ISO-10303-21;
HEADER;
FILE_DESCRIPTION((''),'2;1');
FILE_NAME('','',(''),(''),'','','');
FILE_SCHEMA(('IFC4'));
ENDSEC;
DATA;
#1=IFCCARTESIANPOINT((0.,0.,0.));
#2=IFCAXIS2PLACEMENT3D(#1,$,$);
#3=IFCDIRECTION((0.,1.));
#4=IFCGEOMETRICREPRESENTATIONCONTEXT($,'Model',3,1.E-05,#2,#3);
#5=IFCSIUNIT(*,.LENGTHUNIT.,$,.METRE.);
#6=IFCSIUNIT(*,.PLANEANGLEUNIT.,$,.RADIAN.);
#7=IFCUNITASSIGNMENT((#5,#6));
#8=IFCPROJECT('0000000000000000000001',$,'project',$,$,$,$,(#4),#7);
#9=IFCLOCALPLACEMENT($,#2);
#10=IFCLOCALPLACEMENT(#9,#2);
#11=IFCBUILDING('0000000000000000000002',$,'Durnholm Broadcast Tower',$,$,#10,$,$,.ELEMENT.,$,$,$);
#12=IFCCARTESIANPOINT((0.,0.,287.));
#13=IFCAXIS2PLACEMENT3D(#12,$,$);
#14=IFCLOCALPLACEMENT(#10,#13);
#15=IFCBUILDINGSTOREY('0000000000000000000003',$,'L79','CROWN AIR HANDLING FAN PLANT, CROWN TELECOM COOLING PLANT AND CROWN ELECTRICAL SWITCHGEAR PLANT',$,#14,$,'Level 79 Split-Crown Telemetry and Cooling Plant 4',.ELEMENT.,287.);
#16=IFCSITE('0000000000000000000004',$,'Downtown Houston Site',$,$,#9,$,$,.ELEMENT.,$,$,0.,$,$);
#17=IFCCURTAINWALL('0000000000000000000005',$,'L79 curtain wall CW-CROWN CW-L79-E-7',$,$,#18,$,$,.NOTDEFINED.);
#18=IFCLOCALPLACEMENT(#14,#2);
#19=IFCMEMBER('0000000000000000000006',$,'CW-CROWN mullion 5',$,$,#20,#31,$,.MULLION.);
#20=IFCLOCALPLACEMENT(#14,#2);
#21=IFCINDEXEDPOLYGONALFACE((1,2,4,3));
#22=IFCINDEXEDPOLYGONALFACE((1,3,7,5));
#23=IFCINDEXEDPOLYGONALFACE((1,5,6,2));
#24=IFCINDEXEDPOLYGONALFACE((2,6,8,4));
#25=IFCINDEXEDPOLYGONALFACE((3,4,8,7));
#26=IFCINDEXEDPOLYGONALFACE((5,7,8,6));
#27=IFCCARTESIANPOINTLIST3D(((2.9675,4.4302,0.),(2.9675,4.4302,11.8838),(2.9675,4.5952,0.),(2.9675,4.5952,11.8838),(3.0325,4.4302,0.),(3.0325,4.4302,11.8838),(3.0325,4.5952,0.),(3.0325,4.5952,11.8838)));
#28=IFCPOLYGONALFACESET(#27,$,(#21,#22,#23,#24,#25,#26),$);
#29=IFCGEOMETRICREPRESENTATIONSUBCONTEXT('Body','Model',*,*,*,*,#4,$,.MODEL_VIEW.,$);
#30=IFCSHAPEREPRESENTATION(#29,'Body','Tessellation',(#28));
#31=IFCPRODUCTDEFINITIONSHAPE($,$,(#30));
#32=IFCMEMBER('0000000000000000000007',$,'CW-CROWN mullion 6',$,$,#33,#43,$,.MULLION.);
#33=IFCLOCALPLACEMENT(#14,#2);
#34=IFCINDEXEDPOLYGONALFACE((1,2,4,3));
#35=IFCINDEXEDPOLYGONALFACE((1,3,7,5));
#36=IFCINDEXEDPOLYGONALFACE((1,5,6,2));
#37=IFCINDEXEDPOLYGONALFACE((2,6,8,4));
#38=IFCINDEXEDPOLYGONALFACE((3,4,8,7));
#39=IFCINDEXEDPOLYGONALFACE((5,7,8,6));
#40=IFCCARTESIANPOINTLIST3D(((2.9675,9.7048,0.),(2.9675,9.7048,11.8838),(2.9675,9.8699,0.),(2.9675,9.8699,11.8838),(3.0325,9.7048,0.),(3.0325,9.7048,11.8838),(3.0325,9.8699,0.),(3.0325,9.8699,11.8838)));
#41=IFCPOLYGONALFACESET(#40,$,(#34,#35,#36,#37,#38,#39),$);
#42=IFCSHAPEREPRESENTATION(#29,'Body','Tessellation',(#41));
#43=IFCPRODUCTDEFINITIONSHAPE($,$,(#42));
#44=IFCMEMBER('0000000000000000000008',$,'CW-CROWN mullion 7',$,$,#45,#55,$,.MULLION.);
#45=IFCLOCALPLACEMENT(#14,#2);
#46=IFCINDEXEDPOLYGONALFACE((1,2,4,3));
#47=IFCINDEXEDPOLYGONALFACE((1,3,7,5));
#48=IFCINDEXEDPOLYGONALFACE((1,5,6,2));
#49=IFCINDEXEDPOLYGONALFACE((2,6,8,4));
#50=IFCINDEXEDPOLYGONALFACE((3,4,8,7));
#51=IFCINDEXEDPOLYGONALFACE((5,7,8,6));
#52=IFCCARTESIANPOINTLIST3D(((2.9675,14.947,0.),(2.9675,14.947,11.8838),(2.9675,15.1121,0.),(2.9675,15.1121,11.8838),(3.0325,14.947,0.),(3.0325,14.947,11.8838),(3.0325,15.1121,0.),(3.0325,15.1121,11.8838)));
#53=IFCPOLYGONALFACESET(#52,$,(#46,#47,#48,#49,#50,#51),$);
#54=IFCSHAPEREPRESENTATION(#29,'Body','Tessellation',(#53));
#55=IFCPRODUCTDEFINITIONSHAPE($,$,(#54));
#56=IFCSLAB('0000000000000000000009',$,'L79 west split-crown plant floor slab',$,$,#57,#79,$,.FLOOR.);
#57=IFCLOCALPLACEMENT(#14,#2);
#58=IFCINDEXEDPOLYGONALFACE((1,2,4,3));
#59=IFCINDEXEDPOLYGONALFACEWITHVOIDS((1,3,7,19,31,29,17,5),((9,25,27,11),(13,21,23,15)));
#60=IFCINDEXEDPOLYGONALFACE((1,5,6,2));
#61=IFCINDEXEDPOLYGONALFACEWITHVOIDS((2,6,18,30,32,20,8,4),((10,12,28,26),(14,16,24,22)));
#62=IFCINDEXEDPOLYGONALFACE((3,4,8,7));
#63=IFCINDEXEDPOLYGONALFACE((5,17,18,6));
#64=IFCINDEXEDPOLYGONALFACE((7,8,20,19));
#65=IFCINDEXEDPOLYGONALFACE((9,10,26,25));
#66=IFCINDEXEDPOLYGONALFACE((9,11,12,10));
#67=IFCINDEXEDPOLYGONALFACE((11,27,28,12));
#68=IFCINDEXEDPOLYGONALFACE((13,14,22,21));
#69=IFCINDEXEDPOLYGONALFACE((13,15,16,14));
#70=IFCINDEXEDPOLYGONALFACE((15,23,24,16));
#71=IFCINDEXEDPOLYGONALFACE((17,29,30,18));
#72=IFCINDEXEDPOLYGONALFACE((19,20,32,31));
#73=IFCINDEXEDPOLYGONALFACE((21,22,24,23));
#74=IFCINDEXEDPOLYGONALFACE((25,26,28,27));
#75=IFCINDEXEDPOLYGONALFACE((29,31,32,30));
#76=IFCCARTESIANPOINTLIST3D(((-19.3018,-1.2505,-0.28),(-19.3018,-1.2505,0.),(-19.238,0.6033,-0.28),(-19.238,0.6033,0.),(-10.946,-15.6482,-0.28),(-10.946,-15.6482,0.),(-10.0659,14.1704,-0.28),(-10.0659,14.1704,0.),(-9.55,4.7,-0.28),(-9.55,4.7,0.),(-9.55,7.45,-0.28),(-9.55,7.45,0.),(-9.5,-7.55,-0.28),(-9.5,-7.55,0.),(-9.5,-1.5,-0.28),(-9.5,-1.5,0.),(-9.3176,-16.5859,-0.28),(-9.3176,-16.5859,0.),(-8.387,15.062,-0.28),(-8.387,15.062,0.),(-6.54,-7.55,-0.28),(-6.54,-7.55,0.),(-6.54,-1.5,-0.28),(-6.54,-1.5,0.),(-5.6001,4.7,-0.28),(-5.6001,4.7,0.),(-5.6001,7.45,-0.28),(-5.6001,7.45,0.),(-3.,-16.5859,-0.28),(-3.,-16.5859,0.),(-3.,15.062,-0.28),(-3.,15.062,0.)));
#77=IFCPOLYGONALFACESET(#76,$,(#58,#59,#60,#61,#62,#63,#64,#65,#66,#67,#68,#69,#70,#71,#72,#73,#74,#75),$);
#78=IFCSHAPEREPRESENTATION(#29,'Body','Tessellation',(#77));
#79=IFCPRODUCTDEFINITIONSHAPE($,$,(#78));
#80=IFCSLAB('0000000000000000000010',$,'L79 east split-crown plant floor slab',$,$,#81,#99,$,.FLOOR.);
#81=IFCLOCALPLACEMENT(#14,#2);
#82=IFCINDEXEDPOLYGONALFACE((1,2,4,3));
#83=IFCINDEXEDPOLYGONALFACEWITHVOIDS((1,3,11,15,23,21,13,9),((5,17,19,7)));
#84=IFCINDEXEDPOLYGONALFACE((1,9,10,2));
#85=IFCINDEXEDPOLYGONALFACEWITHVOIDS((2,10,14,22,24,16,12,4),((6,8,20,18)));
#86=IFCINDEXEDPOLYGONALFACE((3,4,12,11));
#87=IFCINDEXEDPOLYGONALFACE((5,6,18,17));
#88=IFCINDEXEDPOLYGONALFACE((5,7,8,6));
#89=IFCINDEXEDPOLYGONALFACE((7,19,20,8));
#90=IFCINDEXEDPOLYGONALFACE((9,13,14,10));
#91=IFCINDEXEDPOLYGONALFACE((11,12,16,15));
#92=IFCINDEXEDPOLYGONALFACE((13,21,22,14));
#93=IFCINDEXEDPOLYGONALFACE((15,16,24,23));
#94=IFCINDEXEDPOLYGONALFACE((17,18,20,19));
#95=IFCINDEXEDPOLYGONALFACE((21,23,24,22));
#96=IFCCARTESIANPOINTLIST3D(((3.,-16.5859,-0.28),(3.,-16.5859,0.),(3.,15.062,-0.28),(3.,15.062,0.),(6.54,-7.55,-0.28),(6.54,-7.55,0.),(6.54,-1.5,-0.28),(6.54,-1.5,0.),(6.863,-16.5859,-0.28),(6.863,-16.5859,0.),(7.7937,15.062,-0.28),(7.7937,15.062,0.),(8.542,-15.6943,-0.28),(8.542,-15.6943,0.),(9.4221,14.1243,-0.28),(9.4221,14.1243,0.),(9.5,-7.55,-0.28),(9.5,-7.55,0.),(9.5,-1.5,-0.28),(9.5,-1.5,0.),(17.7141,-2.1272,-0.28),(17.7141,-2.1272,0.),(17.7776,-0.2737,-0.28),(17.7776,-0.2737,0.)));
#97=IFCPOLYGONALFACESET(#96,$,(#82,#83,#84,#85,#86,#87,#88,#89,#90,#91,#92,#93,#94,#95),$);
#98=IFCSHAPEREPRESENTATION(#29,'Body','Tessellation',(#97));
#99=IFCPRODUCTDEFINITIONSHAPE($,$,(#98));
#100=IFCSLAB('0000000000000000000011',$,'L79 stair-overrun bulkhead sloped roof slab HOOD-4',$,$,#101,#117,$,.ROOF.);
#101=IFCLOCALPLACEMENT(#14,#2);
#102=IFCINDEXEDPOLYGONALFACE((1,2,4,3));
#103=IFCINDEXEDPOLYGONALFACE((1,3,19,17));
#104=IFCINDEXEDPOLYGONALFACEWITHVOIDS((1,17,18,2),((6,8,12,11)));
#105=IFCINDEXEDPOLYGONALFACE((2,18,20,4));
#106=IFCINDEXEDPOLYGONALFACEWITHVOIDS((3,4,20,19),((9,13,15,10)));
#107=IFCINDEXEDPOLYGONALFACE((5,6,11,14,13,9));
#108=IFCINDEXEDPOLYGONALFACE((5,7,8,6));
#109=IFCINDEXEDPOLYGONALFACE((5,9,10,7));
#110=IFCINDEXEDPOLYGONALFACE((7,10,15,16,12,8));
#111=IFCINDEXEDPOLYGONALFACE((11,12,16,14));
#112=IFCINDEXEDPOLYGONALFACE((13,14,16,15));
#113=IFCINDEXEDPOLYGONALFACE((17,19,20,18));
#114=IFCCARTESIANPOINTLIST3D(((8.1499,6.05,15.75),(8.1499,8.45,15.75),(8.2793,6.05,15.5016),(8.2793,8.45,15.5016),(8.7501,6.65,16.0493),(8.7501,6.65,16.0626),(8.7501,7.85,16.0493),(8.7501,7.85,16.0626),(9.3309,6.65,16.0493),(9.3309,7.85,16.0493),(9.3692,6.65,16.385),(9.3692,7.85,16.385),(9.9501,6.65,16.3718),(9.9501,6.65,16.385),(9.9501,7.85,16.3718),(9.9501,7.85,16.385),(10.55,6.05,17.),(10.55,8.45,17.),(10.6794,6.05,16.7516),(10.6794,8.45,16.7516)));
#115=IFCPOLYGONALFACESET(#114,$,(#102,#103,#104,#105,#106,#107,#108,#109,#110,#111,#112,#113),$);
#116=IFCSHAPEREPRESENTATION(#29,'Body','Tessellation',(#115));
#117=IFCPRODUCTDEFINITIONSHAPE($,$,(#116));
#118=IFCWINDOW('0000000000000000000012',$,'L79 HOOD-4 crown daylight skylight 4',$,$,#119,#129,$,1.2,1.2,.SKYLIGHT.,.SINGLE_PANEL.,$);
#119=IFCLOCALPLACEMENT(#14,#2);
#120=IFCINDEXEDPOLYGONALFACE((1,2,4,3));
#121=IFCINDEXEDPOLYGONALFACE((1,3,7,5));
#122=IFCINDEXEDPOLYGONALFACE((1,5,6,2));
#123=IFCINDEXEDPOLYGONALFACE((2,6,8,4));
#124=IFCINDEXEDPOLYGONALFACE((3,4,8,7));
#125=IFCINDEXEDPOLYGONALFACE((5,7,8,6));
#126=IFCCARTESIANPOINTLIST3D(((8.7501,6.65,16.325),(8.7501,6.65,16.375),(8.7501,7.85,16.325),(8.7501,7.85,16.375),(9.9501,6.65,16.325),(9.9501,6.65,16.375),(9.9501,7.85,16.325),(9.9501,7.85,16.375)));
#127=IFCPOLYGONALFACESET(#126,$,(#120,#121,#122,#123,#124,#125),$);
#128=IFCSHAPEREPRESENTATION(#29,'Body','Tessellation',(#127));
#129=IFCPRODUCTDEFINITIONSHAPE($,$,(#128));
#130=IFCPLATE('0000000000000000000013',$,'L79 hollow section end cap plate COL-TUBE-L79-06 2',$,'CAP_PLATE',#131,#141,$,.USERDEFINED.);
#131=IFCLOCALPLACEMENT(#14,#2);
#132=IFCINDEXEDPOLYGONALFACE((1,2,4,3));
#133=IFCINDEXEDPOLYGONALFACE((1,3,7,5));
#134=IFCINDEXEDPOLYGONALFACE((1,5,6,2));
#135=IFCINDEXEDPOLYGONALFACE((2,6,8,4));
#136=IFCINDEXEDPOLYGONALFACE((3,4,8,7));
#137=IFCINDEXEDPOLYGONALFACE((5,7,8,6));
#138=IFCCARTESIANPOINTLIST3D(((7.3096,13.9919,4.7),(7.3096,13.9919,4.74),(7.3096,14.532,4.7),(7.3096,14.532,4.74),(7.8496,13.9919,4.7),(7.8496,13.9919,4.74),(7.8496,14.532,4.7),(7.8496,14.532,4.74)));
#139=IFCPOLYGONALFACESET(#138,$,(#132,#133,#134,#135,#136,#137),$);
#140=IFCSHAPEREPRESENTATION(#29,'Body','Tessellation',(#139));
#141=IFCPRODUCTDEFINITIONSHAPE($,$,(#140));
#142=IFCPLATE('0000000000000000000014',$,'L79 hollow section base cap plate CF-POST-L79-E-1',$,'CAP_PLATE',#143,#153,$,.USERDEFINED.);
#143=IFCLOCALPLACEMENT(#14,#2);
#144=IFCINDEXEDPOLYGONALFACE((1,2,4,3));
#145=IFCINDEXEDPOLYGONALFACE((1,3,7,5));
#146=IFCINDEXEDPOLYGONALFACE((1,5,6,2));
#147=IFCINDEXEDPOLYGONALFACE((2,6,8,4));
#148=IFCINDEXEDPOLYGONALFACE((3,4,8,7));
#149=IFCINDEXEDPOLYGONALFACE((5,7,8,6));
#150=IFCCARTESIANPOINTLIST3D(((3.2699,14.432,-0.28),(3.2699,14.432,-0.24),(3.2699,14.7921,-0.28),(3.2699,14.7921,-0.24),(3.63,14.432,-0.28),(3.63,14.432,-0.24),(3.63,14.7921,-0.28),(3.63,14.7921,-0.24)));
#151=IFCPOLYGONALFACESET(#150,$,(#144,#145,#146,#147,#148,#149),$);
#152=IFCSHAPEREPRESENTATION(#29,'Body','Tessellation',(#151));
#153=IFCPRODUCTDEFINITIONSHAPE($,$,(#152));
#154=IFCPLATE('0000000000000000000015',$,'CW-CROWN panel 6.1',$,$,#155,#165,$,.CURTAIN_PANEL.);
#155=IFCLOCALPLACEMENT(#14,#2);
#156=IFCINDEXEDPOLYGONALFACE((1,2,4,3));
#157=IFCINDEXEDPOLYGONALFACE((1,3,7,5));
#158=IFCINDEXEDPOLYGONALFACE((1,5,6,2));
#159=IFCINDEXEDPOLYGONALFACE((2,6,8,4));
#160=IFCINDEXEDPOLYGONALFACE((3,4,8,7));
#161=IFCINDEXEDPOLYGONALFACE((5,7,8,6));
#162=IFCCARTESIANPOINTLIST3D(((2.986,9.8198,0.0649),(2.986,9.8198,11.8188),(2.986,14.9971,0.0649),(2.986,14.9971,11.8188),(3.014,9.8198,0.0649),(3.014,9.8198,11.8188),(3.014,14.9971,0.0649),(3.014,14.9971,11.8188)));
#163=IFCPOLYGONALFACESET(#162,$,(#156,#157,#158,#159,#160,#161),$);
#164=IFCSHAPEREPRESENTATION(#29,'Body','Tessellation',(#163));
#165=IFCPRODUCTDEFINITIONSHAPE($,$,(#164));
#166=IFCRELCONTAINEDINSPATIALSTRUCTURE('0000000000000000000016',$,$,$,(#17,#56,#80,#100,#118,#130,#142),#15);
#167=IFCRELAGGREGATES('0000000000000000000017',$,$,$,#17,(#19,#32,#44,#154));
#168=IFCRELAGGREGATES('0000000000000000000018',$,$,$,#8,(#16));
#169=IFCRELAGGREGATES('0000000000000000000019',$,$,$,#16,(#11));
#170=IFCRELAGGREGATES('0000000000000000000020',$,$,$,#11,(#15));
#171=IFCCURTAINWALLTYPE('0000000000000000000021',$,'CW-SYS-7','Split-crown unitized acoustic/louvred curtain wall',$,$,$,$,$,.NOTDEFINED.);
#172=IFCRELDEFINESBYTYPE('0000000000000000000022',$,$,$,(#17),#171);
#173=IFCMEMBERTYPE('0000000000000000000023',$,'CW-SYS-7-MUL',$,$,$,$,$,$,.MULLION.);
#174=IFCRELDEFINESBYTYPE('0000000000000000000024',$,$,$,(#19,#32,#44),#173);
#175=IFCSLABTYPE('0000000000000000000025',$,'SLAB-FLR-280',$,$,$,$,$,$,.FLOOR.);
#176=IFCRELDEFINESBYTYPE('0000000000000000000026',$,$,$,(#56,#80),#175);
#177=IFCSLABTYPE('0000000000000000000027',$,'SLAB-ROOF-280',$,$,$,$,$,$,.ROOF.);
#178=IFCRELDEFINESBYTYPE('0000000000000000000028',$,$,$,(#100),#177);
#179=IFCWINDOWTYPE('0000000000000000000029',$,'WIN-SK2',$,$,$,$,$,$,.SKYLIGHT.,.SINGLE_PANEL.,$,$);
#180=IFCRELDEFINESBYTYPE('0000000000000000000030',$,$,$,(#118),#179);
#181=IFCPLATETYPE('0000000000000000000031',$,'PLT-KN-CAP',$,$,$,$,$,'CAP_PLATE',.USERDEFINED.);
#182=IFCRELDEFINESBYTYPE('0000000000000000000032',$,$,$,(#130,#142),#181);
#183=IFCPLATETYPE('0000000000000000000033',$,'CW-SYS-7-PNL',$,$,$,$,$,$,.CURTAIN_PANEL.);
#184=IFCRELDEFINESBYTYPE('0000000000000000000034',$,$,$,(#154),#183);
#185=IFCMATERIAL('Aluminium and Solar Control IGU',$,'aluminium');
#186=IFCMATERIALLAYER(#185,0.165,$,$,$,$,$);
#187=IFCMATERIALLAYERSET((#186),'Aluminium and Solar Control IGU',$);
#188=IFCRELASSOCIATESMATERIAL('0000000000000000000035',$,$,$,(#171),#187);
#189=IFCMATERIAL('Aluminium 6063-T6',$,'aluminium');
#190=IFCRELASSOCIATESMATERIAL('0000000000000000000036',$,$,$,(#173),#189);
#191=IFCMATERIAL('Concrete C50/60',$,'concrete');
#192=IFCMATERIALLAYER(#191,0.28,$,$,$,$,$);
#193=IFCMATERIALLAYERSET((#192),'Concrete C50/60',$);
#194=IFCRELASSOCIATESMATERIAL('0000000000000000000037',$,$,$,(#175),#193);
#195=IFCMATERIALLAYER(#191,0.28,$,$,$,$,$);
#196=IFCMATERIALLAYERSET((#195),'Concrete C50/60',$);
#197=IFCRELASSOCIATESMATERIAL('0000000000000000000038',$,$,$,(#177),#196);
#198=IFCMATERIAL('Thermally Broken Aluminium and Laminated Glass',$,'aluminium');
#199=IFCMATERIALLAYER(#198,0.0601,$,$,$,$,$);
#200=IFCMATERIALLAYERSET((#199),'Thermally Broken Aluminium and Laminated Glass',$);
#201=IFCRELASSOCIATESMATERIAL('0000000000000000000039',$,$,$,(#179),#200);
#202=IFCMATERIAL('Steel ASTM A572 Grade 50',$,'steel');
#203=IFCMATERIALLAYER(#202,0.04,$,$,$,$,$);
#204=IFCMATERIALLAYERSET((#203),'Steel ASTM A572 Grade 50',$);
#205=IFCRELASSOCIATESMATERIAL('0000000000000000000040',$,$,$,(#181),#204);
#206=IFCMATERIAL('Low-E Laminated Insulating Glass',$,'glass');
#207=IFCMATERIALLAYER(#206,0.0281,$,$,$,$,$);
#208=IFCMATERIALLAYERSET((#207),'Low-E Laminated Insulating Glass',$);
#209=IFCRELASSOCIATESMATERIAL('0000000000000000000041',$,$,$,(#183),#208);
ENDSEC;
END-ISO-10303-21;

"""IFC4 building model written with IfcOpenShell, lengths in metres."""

from ifc_helpers import new_model, si_unit, direction, frame, origin, origin_2d, place, context, subcontext, project, spatial, polyline, rectangle, outline, extrude, source, transform, mapped, material, layer, layer_set, material_profile, profile_set, type_object, type_shapes, element, fill, aggregate, save


model = new_model("IFC4")

# Units and contexts
model_context = context("Model", 3, precision=1e-05, world=origin(), true_north=direction((0.0, 1.0)))
body_context = subcontext(model_context, "Body", "Model", "MODEL_VIEW")
ifc_project = project(units=[si_unit("LENGTHUNIT", "METRE"), si_unit("PLANEANGLEUNIT", "RADIAN")], contexts=[model_context])

# Site, building, storey
site_placement = place(None, origin())
site = spatial("IfcSite", under=ifc_project, at=site_placement, Name="Downtown Houston Site", CompositionType="ELEMENT", RefElevation=0.0)
building_placement = place(site_placement, origin())
building = spatial("IfcBuilding", under=site, at=building_placement, Name="Durnholm Broadcast Tower", CompositionType="ELEMENT")
storey_placement = place(building_placement, frame((0.0, 0.0, 287.0)))
storey = spatial("IfcBuildingStorey", under=building, at=storey_placement, Name="L79", Description="CROWN AIR HANDLING FAN PLANT, CROWN TELECOM COOLING PLANT AND CROWN ELECTRICAL SWITCHGEAR PLANT", LongName="Level 79 Split-Crown Telemetry and Cooling Plant 4", CompositionType="ELEMENT", Elevation=287.0)

# Curtain wall, members
ifc_material_1 = material(Name="Aluminium and Solar Control IGU", Category="aluminium")
ifc_layer_1 = layer(ifc_material_1, 0.165)
ifc_layer_set_1 = layer_set([ifc_layer_1], Name="Aluminium and Solar Control IGU")
curtain_wall_type = type_object("IfcCurtainWallType", Name="CW-SYS-7", Description="Split-crown unitized acoustic/louvred curtain wall", PredefinedType="NOTDEFINED", material=ifc_layer_set_1)
curtain_wall_placement = place(storey_placement, origin())
curtain_wall = element("IfcCurtainWall", 1, at=curtain_wall_placement, inside=storey, type_object=curtain_wall_type, Name="L79 curtain wall CW-CROWN CW-L79-E-7", PredefinedType="NOTDEFINED")
ifc_material_2 = material(Name="Aluminium 6063-T6", Category="aluminium")
ifc_material_profile_1 = material_profile(ifc_material_2, rectangle(XDim=0.0649, YDim=0.165, at=origin_2d()), Name="CWM65X165")
ifc_profile_set_1 = profile_set([ifc_material_profile_1], Name="Aluminium 6063-T6")
member_type_1 = type_object("IfcMemberType", Name="CW-SYS-7-MUL", PredefinedType="MULLION", material=ifc_profile_set_1)
shared_shape_1 = source(origin(), body_context, "Body", "SweptSolid", [
    extrude(rectangle(XDim=0.0649, YDim=0.165, at=origin_2d()), origin(), (0.0, 0.0, 1.0), 11.8838),
])
type_shapes(member_type_1, [shared_shape_1])
member_1_placement = place(storey_placement, frame((3.0, 4.5127, 0.0), z_axis=(0.0, 0.0, 1.0), x_axis=(-1.0, 0.0, 0.0)))
member_1 = element("IfcMember", 2, at=member_1_placement, type_object=member_type_1, Name="CW-CROWN mullion 5", PredefinedType="MULLION", context=body_context, shape_type="MappedRepresentation", body=[
    mapped(shared_shape_1, transform((0.0, 0.0, 0.0), x_axis=(1.0, 0.0, 0.0), y_axis=(0.0, 1.0, 0.0), z_axis=(0.0, 0.0, 1.0), scale=1.0)),
])
member_2_placement = place(storey_placement, frame((3.0, 9.7874, 0.0), z_axis=(0.0, 0.0, 1.0), x_axis=(-1.0, 0.0, 0.0)))
member_2 = element("IfcMember", 3, at=member_2_placement, type_object=member_type_1, Name="CW-CROWN mullion 6", PredefinedType="MULLION", context=body_context, shape_type="MappedRepresentation", body=[
    mapped(shared_shape_1, transform((0.0, 0.0, 0.0), x_axis=(1.0, 0.0, 0.0), y_axis=(0.0, 1.0, 0.0), z_axis=(0.0, 0.0, 1.0), scale=1.0)),
])
member_3_placement = place(storey_placement, frame((3.0, 15.0295, 0.0), z_axis=(0.0, 0.0, 1.0), x_axis=(-1.0, 0.0, 0.0)))
member_3 = element("IfcMember", 4, at=member_3_placement, type_object=member_type_1, Name="CW-CROWN mullion 7", PredefinedType="MULLION", context=body_context, shape_type="MappedRepresentation", body=[
    mapped(shared_shape_1, transform((0.0, 0.0, 0.0), x_axis=(1.0, 0.0, 0.0), y_axis=(0.0, 1.0, 0.0), z_axis=(0.0, 0.0, 1.0), scale=1.0)),
])

# Slabs
ifc_material_3 = material(Name="Concrete C50/60", Category="concrete")
ifc_layer_2 = layer(ifc_material_3, 0.28)
ifc_layer_set_2 = layer_set([ifc_layer_2], Name="Concrete C50/60")
slab_type_1 = type_object("IfcSlabType", Name="SLAB-FLR-280", PredefinedType="FLOOR", material=ifc_layer_set_2)
slab_1_placement = place(storey_placement, frame((0.0, 0.0, -0.28)))
element("IfcSlab", 5, at=slab_1_placement, inside=storey, type_object=slab_type_1, Name="L79 west split-crown plant floor slab", PredefinedType="FLOOR", context=body_context, shape_type="SweptSolid", body=[
    extrude(outline(polyline([(-10.946, -15.6482), (-9.3176, -16.5859), (-3.0, -16.5859), (-3.0, 15.062), (-8.387, 15.062), (-10.0659, 14.1704), (-19.238, 0.6033), (-19.3018, -1.2505), (-10.946, -15.6482)]), holes=[polyline([(-9.5, -1.5), (-9.5, -7.55), (-6.54, -7.55), (-6.54, -1.5), (-9.5, -1.5)]), polyline([(-9.55, 7.45), (-9.55, 4.7), (-5.6001, 4.7), (-5.6001, 7.45), (-9.55, 7.45)])]), origin(), (0.0, 0.0, 1.0), 0.28),
])
slab_2_placement = place(storey_placement, frame((0.0, 0.0, -0.28)))
element("IfcSlab", 6, at=slab_2_placement, inside=storey, type_object=slab_type_1, Name="L79 east split-crown plant floor slab", PredefinedType="FLOOR", context=body_context, shape_type="SweptSolid", body=[
    extrude(outline(polyline([(3.0, 15.062), (3.0, -16.5859), (6.863, -16.5859), (8.542, -15.6943), (17.7141, -2.1272), (17.7776, -0.2737), (9.4221, 14.1243), (7.7937, 15.062), (3.0, 15.062)]), holes=[polyline([(9.5, -1.5), (6.54, -1.5), (6.54, -7.55), (9.5, -7.55), (9.5, -1.5)])]), origin(), (0.0, 0.0, 1.0), 0.28),
])

# Slab, opening, window
ifc_layer_3 = layer(ifc_material_3, 0.28)
ifc_layer_set_3 = layer_set([ifc_layer_3], Name="Concrete C50/60")
slab_type_2 = type_object("IfcSlabType", Name="SLAB-ROOF-280", PredefinedType="ROOF", material=ifc_layer_set_3)
slab_3_placement = place(storey_placement, frame((8.1499, 6.05, 15.75), z_axis=(-0.461912, 0.0, 0.886926), x_axis=(0.886926, 0.0, 0.461912)))
slab_3 = element("IfcSlab", 7, at=slab_3_placement, inside=storey, type_object=slab_type_2, Name="L79 stair-overrun bulkhead sloped roof slab HOOD-4", PredefinedType="ROOF", context=body_context, shape_type="SweptSolid", body=[
    extrude(outline(polyline([(0.0, 0.0), (2.7061, 0.0), (2.7061, 2.3999), (0.0, 2.3999), (0.0, 0.0)])), origin(), (0.0, 0.0, -1.0), 0.28),
])
opening_1_placement = place(storey_placement, frame((9.3501, 7.25, 16.0493)))
opening_1 = element("IfcOpeningElement", 8, at=opening_1_placement, cuts=slab_3, PredefinedType="OPENING", context=body_context, shape_type="SweptSolid", body=[
    extrude(rectangle(XDim=1.2, YDim=1.2, at=origin_2d()), origin(), (0.0, 0.0, 1.0), 0.3357),
])
ifc_material_4 = material(Name="Thermally Broken Aluminium and Laminated Glass", Category="aluminium")
ifc_layer_4 = layer(ifc_material_4, 0.0601)
ifc_layer_set_4 = layer_set([ifc_layer_4], Name="Thermally Broken Aluminium and Laminated Glass")
window_type = type_object("IfcWindowType", Name="WIN-SK2", PartitioningType="SINGLE_PANEL", PredefinedType="SKYLIGHT", material=ifc_layer_set_4)
window_placement = place(opening_1_placement, frame((0.0, 0.0, 0.2756)))
window = element("IfcWindow", 9, at=window_placement, inside=storey, type_object=window_type, Name="L79 HOOD-4 crown daylight skylight 4", OverallHeight=1.2, OverallWidth=1.2, PartitioningType="SINGLE_PANEL", PredefinedType="SKYLIGHT", context=body_context, shape_type="SweptSolid", body=[
    extrude(rectangle(XDim=1.2, YDim=1.2, at=origin_2d()), origin(), (0.0, 0.0, 1.0), 0.05),
])
fill(opening_1, window)

# Plates
ifc_material_5 = material(Name="Steel ASTM A572 Grade 50", Category="steel")
ifc_layer_5 = layer(ifc_material_5, 0.04)
ifc_layer_set_5 = layer_set([ifc_layer_5], Name="Steel ASTM A572 Grade 50")
plate_type_1 = type_object("IfcPlateType", Name="PLT-KN-CAP", ElementType="CAP_PLATE", PredefinedType="USERDEFINED", material=ifc_layer_set_5)
shared_shape_2 = source(origin(), body_context, "Body", "SweptSolid", [
    extrude(rectangle(XDim=0.54, YDim=0.54, at=origin_2d()), origin(), (0.0, 0.0, 1.0), 0.04),
])
plate_1_placement = place(storey_placement, frame((7.5796, 14.262, 4.7), z_axis=(0.0, 0.0, 1.0), x_axis=(1.0, 0.0, 0.0)))
element("IfcPlate", 10, at=plate_1_placement, inside=storey, type_object=plate_type_1, Name="L79 hollow section end cap plate COL-TUBE-L79-06 2", ObjectType="CAP_PLATE", PredefinedType="USERDEFINED", context=body_context, shape_type="MappedRepresentation", body=[
    mapped(shared_shape_2, transform((0.0, 0.0, 0.0), x_axis=(1.0, 0.0, 0.0), y_axis=(0.0, 1.0, 0.0), z_axis=(0.0, 0.0, 1.0), scale=1.0)),
])
shared_shape_3 = source(origin(), body_context, "Body", "SweptSolid", [
    extrude(rectangle(XDim=0.3601, YDim=0.3601, at=origin_2d()), origin(), (0.0, 0.0, 1.0), 0.04),
])
type_shapes(plate_type_1, [shared_shape_2, shared_shape_3])
plate_2_placement = place(storey_placement, frame((3.45, 14.6121, -0.28), z_axis=(0.0, 0.0, 1.0), x_axis=(1.0, 0.0, 0.0)))
element("IfcPlate", 11, at=plate_2_placement, inside=storey, type_object=plate_type_1, Name="L79 hollow section base cap plate CF-POST-L79-E-1", ObjectType="CAP_PLATE", PredefinedType="USERDEFINED", context=body_context, shape_type="MappedRepresentation", body=[
    mapped(shared_shape_3, transform((0.0, 0.0, 0.0), x_axis=(1.0, 0.0, 0.0), y_axis=(0.0, 1.0, 0.0), z_axis=(0.0, 0.0, 1.0), scale=1.0)),
])

# Plate
ifc_material_6 = material(Name="Low-E Laminated Insulating Glass", Category="glass")
ifc_layer_6 = layer(ifc_material_6, 0.0281)
ifc_layer_set_6 = layer_set([ifc_layer_6], Name="Low-E Laminated Insulating Glass")
plate_type_2 = type_object("IfcPlateType", Name="CW-SYS-7-PNL", PredefinedType="CURTAIN_PANEL", material=ifc_layer_set_6)
shared_shape_4 = source(origin(), body_context, "Body", "SweptSolid", [
    extrude(rectangle(XDim=5.1772, YDim=0.0281, at=origin_2d()), origin(), (0.0, 0.0, 1.0), 11.7539),
])
plate_3_placement = place(storey_placement, frame((3.0, 12.4084, 0.0649), z_axis=(0.0, 0.0, 1.0), x_axis=(0.0, 1.0, 0.0)))
plate_3 = element("IfcPlate", 12, at=plate_3_placement, type_object=plate_type_2, Name="CW-CROWN panel 6.1", PredefinedType="CURTAIN_PANEL", context=body_context, shape_type="MappedRepresentation", body=[
    mapped(shared_shape_4, transform((0.0, 0.0, 0.0), x_axis=(1.0, 0.0, 0.0), y_axis=(0.0, 1.0, 0.0), z_axis=(0.0, 0.0, 1.0), scale=1.0)),
])
aggregate(curtain_wall, [member_1, member_2, member_3, plate_3])

save(model, "model.ifc")
